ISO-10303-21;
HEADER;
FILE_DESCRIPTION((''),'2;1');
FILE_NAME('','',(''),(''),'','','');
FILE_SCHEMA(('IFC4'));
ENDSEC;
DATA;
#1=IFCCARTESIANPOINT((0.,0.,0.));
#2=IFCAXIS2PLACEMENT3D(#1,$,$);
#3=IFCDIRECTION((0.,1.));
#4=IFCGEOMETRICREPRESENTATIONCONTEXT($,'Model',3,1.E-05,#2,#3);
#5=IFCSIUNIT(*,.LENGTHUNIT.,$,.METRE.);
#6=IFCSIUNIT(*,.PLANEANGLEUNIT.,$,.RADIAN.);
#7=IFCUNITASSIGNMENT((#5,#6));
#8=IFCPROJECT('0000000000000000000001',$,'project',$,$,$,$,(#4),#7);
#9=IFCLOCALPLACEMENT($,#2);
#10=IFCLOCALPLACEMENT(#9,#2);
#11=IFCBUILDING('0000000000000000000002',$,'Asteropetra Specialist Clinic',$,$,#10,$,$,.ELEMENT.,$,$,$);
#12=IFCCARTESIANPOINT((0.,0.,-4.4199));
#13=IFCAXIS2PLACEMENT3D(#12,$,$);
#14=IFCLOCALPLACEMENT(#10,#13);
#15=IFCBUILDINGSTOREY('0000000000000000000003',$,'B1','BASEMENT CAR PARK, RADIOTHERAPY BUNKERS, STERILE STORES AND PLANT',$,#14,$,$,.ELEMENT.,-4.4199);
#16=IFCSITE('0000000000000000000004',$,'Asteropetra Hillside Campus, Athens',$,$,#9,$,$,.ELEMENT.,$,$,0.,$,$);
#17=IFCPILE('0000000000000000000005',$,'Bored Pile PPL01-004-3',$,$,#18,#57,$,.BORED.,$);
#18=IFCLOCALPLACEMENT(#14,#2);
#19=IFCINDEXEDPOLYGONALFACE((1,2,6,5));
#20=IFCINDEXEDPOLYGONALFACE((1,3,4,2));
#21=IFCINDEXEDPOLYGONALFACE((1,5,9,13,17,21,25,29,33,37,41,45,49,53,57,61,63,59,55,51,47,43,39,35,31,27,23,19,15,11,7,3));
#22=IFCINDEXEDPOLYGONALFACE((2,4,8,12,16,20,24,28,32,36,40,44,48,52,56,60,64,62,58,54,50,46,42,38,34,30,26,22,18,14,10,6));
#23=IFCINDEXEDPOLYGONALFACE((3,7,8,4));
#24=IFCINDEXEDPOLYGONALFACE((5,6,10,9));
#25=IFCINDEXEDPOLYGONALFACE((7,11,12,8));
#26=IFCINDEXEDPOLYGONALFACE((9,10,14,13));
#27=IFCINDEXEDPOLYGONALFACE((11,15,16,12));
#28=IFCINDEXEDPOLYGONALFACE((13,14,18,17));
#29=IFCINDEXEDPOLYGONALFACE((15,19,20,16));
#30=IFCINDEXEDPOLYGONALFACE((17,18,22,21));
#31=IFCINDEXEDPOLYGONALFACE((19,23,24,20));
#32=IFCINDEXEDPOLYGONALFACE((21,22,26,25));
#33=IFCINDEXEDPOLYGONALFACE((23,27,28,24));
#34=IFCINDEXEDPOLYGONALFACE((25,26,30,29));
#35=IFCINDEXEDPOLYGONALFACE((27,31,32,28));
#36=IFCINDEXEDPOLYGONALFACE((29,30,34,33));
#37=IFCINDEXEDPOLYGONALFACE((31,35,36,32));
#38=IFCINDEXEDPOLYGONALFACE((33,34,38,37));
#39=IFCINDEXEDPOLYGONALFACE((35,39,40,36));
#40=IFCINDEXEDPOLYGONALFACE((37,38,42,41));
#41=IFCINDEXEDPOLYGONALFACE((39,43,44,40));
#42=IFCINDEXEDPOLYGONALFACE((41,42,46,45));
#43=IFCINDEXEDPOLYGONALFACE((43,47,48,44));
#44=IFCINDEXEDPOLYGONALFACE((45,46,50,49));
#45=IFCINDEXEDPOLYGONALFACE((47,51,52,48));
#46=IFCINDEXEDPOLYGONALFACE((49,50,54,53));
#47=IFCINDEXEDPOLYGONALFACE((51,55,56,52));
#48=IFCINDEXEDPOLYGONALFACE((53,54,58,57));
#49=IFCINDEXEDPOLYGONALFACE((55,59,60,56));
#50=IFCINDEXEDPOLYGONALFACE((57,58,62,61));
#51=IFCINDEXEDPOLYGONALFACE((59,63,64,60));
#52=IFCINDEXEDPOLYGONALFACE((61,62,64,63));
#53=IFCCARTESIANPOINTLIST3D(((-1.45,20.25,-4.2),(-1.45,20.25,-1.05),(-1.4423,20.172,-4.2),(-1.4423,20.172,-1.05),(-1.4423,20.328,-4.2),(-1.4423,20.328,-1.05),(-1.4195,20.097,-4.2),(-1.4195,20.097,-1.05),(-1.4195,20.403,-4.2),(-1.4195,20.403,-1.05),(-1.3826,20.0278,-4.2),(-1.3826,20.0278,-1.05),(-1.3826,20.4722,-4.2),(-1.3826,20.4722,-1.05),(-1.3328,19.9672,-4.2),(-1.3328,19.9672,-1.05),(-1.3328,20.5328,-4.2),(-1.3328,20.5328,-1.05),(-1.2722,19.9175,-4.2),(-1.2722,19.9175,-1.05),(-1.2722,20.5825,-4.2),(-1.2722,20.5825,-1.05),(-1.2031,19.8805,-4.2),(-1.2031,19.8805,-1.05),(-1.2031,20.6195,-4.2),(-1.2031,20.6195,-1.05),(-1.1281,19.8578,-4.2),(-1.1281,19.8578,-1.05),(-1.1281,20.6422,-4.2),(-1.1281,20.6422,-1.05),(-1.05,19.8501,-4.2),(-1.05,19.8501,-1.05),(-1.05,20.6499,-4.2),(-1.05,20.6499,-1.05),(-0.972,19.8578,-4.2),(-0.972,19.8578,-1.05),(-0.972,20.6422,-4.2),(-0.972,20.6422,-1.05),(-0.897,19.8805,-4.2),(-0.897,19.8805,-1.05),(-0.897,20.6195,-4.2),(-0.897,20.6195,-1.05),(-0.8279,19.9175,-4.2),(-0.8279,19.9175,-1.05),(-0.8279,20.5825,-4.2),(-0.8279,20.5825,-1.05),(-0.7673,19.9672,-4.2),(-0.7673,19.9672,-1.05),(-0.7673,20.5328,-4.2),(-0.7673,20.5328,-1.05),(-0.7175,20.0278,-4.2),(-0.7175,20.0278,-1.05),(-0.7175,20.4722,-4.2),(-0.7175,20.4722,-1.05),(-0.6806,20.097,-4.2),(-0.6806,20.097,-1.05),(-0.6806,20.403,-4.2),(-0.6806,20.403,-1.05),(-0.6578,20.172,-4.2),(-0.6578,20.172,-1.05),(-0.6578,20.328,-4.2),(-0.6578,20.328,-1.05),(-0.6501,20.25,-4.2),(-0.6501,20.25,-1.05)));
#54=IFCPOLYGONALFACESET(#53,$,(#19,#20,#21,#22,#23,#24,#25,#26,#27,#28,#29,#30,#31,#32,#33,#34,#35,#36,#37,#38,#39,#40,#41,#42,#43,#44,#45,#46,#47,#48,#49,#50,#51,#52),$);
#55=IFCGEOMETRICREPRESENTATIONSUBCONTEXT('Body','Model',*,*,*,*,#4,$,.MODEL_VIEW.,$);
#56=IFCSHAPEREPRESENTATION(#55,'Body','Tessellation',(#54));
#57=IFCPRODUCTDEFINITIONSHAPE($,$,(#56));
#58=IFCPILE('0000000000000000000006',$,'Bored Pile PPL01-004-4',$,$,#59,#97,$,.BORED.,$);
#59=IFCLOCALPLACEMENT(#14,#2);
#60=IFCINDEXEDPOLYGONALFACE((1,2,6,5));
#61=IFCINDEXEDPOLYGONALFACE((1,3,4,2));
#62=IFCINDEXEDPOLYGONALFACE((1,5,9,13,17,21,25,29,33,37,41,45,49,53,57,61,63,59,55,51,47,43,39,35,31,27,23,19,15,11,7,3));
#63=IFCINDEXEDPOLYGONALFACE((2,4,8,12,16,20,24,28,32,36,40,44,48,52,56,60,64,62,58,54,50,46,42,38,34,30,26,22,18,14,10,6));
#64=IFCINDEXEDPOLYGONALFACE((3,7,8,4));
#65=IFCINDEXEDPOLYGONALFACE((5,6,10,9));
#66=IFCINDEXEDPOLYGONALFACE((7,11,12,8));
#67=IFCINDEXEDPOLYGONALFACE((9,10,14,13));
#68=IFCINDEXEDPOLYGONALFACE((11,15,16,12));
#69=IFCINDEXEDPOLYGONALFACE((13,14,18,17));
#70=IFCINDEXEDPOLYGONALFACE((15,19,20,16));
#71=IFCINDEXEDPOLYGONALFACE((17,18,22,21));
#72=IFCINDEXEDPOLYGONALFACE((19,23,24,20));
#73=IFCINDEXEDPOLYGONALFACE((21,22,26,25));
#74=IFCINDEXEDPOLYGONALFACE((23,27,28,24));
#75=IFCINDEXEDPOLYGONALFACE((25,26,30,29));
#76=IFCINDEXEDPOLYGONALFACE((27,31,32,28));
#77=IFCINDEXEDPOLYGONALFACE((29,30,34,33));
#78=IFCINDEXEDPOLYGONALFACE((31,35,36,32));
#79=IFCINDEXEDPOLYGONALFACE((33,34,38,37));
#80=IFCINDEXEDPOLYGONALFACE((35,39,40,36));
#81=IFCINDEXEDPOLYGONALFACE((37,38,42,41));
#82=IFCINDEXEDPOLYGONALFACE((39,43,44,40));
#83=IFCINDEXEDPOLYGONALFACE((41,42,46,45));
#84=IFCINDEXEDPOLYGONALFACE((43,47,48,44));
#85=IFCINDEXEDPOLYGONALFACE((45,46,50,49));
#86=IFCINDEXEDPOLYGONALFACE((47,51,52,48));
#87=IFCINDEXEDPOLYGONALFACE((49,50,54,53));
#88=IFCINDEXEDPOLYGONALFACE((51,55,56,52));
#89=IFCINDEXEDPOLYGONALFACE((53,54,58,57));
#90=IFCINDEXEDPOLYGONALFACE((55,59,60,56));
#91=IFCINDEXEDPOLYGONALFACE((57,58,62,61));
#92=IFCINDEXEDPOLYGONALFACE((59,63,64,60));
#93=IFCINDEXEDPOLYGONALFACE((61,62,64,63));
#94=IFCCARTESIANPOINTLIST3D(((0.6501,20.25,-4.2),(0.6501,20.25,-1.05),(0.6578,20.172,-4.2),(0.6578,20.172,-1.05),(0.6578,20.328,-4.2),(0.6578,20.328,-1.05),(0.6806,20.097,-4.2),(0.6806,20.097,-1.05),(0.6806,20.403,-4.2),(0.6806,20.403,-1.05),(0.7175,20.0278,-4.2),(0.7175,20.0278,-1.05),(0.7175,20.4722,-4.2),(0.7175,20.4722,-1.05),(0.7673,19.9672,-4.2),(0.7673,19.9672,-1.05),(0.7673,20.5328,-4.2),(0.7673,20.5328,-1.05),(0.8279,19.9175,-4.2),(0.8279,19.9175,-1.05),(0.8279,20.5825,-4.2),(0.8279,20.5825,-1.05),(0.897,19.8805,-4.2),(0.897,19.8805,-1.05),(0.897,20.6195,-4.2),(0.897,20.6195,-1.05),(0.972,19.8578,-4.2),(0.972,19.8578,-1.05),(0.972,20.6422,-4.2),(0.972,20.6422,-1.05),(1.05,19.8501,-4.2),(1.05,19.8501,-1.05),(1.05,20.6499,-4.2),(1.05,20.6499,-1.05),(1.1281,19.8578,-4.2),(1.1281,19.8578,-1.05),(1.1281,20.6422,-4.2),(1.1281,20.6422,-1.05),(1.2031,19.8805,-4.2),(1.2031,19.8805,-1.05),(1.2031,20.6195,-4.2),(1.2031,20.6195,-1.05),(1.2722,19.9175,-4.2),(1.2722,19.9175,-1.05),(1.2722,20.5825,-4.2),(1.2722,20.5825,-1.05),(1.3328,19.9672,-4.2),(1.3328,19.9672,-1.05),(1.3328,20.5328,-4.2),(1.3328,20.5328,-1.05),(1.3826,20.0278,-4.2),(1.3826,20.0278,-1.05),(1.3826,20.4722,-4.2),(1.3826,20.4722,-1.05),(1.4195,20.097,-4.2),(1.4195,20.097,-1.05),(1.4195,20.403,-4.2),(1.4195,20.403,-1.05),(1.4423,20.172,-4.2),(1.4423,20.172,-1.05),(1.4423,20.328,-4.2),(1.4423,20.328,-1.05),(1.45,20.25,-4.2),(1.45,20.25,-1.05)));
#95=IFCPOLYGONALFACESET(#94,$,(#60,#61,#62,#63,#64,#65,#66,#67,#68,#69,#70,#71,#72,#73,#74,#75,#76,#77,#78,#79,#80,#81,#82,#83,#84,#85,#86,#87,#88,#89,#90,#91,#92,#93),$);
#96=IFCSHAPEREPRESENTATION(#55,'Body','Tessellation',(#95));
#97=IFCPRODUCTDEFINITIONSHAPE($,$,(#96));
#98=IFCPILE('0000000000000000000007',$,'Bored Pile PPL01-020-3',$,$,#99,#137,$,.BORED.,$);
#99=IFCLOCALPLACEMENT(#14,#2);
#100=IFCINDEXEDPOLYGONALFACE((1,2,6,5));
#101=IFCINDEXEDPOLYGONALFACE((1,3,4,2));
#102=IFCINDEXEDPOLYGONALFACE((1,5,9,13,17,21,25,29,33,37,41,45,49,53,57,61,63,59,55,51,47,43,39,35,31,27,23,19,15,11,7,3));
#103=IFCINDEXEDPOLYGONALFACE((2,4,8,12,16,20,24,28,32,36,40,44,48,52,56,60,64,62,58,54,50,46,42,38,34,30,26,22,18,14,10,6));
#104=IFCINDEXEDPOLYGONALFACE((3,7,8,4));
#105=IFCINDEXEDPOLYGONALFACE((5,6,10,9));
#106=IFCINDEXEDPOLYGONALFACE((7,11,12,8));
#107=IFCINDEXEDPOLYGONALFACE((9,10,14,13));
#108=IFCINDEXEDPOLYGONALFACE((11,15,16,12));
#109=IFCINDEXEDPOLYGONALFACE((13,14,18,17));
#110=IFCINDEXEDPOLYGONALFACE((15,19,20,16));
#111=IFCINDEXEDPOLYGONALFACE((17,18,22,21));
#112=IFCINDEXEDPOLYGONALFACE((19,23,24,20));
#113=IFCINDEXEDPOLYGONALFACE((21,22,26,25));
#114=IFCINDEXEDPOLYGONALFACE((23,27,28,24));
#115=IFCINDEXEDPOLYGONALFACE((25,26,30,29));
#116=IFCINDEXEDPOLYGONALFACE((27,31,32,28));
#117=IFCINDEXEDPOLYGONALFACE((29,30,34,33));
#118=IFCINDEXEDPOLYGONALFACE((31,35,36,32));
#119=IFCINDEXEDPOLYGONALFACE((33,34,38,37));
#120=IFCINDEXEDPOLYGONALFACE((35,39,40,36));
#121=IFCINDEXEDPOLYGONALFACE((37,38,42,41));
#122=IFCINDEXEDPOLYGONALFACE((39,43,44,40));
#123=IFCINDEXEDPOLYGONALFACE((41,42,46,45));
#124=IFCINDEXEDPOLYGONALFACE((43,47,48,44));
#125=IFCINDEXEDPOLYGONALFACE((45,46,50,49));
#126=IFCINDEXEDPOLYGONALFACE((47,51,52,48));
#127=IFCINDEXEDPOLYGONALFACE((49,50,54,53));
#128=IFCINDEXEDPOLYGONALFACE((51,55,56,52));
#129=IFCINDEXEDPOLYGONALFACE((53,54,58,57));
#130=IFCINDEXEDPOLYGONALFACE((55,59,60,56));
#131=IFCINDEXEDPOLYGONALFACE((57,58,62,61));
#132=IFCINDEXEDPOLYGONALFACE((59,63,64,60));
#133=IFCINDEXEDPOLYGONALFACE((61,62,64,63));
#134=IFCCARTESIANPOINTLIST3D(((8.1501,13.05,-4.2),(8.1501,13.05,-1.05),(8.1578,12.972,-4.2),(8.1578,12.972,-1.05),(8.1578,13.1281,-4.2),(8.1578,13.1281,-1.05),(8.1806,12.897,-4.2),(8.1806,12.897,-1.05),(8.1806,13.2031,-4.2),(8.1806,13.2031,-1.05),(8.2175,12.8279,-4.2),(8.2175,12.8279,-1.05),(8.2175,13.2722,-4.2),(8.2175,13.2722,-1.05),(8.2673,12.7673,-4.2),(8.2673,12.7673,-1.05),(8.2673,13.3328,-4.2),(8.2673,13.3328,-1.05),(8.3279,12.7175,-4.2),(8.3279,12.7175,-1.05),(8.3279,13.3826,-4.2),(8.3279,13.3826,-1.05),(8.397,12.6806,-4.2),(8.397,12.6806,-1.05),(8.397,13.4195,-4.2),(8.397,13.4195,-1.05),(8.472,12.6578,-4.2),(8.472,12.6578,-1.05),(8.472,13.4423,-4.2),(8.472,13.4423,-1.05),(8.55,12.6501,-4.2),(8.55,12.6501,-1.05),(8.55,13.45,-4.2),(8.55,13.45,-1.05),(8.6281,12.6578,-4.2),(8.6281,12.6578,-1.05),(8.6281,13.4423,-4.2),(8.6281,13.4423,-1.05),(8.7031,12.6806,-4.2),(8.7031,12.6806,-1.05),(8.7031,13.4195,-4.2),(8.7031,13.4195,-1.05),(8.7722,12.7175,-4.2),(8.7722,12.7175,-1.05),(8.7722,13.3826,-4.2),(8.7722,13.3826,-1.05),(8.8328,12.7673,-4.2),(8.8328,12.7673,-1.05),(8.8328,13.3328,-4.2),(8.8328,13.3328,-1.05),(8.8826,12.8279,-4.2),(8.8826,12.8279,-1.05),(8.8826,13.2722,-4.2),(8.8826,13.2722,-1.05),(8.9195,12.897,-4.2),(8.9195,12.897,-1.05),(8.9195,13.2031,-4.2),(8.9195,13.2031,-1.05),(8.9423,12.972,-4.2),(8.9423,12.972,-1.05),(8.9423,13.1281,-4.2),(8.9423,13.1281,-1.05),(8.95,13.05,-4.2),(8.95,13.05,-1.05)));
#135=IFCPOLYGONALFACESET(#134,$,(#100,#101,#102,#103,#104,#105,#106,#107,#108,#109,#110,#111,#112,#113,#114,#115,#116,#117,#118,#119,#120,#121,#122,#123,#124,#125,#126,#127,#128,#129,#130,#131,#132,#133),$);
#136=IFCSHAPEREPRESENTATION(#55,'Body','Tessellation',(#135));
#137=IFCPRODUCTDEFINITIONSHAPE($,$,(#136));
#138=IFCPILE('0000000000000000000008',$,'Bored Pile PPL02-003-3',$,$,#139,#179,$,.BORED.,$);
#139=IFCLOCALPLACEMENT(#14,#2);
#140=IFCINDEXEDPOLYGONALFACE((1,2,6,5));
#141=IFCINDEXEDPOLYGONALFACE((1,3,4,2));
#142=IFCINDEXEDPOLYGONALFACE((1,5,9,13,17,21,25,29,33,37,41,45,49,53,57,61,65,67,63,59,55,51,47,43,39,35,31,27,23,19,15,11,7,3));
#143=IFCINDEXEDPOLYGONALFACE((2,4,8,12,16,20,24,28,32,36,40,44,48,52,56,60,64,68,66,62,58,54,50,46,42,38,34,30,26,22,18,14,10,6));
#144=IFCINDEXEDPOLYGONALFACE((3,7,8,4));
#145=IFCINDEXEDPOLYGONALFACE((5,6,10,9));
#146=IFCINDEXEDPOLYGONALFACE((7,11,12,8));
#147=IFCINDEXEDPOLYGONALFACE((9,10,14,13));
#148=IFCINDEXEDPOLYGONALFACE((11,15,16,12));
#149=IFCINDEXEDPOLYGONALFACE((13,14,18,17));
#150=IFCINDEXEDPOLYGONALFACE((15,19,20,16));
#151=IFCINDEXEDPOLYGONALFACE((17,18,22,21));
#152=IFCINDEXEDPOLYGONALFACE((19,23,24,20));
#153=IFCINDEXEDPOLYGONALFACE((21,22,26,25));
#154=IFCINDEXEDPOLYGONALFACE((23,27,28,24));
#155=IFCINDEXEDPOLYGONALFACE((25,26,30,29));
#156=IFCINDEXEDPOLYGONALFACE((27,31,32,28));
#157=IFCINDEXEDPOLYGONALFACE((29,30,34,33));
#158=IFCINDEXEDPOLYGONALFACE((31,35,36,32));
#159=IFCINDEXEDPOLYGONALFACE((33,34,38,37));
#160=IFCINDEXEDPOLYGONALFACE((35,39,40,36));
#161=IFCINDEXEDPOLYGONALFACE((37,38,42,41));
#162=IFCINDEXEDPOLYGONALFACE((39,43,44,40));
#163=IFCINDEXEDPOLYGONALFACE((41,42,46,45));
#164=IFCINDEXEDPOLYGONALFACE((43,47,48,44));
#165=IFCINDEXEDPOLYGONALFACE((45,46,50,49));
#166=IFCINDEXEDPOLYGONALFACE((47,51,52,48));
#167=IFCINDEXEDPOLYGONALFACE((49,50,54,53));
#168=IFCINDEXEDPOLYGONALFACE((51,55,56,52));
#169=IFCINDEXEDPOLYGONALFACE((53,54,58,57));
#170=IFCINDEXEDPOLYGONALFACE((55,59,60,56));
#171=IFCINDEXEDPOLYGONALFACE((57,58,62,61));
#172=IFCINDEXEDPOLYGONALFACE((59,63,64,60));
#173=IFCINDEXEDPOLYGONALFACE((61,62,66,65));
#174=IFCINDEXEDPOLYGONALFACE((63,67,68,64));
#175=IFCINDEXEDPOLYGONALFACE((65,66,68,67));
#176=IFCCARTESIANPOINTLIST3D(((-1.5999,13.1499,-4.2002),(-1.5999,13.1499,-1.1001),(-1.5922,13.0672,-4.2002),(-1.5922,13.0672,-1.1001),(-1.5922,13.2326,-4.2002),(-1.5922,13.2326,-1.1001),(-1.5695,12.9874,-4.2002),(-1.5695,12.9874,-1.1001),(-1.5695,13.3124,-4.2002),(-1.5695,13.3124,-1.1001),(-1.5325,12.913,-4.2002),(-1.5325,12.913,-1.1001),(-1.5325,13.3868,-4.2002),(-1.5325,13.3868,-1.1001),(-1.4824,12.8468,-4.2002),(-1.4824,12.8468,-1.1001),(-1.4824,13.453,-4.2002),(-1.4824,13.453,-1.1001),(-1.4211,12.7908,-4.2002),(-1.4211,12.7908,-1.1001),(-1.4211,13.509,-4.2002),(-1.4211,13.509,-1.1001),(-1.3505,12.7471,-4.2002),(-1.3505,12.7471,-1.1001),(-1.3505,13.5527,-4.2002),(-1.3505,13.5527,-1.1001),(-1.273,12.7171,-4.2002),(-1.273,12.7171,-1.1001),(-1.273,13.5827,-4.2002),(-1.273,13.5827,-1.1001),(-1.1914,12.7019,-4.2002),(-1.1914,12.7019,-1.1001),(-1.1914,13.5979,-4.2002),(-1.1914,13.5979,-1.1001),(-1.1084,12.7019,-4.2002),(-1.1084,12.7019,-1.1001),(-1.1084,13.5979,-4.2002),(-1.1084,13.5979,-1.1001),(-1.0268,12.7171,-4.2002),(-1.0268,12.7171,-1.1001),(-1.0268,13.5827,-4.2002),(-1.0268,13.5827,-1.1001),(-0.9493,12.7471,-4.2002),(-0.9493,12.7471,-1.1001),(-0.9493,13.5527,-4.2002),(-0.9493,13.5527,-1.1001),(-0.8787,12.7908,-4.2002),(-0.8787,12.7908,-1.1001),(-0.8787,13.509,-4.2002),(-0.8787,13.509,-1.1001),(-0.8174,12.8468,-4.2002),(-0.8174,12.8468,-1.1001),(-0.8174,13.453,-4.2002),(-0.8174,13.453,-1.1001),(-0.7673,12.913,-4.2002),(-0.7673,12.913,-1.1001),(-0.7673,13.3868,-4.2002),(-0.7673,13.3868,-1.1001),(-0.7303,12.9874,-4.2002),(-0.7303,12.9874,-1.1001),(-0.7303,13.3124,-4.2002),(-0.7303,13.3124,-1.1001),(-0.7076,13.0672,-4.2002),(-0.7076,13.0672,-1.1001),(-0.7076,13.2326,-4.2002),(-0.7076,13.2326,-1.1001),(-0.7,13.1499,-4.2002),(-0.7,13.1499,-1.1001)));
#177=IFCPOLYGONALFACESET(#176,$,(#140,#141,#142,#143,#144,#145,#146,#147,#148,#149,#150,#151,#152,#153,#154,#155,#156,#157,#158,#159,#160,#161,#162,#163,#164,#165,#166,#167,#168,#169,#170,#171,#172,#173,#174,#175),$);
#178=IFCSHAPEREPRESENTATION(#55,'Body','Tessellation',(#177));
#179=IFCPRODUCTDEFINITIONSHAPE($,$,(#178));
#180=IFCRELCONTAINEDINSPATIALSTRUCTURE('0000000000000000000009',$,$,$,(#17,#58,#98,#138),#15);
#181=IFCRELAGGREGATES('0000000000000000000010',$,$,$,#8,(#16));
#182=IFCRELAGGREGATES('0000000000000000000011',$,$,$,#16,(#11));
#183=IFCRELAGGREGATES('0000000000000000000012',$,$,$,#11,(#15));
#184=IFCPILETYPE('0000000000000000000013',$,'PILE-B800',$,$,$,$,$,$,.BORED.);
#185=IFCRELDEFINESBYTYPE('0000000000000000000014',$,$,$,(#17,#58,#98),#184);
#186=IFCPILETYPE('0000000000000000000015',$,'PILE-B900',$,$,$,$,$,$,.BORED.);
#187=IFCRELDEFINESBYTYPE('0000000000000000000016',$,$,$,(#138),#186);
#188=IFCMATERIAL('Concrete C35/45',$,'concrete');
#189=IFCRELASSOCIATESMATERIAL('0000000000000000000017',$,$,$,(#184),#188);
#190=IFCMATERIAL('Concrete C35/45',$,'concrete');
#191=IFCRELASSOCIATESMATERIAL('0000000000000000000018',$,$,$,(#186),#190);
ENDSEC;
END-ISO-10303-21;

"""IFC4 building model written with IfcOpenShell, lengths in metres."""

from ifc_helpers import new_model, si_unit, direction, frame, origin, origin_2d, place, context, subcontext, project, spatial, circle, extrude, material, material_profile, profile_set, type_object, element, save


model = new_model("IFC4")

# Units and contexts
model_context = context("Model", 3, precision=1e-05, world=origin(), true_north=direction((0.0, 1.0)))
body_context = subcontext(model_context, "Body", "Model", "MODEL_VIEW")
ifc_project = project(units=[si_unit("LENGTHUNIT", "METRE"), si_unit("PLANEANGLEUNIT", "RADIAN")], contexts=[model_context])

# Site, building, storey
site_placement = place(None, origin())
site = spatial("IfcSite", under=ifc_project, at=site_placement, Name="Asteropetra Hillside Campus, Athens", CompositionType="ELEMENT", RefElevation=0.0)
building_placement = place(site_placement, origin())
building = spatial("IfcBuilding", under=site, at=building_placement, Name="Asteropetra Specialist Clinic", CompositionType="ELEMENT")
storey_placement = place(building_placement, frame((0.0, 0.0, -4.4199)))
storey = spatial("IfcBuildingStorey", under=building, at=storey_placement, Name="B1", Description="BASEMENT CAR PARK, RADIOTHERAPY BUNKERS, STERILE STORES AND PLANT", CompositionType="ELEMENT", Elevation=-4.4199)

# Piles
ifc_material_1 = material(Name="Concrete C35/45", Category="concrete")
ifc_material_profile_1 = material_profile(ifc_material_1, circle(Radius=0.3999, at=origin_2d()), Name="PILE D800")
ifc_profile_set_1 = profile_set([ifc_material_profile_1], Name="Concrete C35/45")
pile_type_1 = type_object("IfcPileType", Name="PILE-B800", PredefinedType="BORED", material=ifc_profile_set_1)
for number, where, z_axis, x_axis, name in (
    (1, (-1.05, 20.25, -1.05), (0.0, 0.0, -1.0), (1.0, 0.0, 0.0), "Bored Pile PPL01-004-3"),
    (2, (1.05, 20.25, -1.05), (0.0, 0.0, -1.0), (1.0, 0.0, 0.0), "Bored Pile PPL01-004-4"),
    (3, (8.55, 13.05, -1.05), (0.0, 0.0, -1.0), (1.0, 0.0, 0.0), "Bored Pile PPL01-020-3"),
):
    element("IfcPile", number, at=place(storey_placement, frame(where, z_axis=z_axis, x_axis=x_axis)), inside=storey, type_object=pile_type_1, Name=name, PredefinedType="BORED", context=body_context, shape_type="SweptSolid", body=[
        extrude(circle(Radius=0.3999, at=origin_2d()), origin(), (0.0, 0.0, 1.0), 3.1499),
    ])
ifc_material_2 = material(Name="Concrete C35/45", Category="concrete")
ifc_material_profile_2 = material_profile(ifc_material_2, circle(Radius=0.45, at=origin_2d()), Name="PILE D900")
ifc_profile_set_2 = profile_set([ifc_material_profile_2], Name="Concrete C35/45")
pile_type_2 = type_object("IfcPileType", Name="PILE-B900", PredefinedType="BORED", material=ifc_profile_set_2)
for number, where, z_axis, x_axis, name in (
    (4, (-1.1499, 13.1499, -1.1001), (0.0, 0.0, -1.0), (1.0, 0.0, 0.0), "Bored Pile PPL02-003-3"),
):
    element("IfcPile", number, at=place(storey_placement, frame(where, z_axis=z_axis, x_axis=x_axis)), inside=storey, type_object=pile_type_2, Name=name, PredefinedType="BORED", context=body_context, shape_type="SweptSolid", body=[
        extrude(circle(Radius=0.45, at=origin_2d()), origin(), (0.0, 0.0, 1.0), 3.1001),
    ])

save(model, "model.ifc")
